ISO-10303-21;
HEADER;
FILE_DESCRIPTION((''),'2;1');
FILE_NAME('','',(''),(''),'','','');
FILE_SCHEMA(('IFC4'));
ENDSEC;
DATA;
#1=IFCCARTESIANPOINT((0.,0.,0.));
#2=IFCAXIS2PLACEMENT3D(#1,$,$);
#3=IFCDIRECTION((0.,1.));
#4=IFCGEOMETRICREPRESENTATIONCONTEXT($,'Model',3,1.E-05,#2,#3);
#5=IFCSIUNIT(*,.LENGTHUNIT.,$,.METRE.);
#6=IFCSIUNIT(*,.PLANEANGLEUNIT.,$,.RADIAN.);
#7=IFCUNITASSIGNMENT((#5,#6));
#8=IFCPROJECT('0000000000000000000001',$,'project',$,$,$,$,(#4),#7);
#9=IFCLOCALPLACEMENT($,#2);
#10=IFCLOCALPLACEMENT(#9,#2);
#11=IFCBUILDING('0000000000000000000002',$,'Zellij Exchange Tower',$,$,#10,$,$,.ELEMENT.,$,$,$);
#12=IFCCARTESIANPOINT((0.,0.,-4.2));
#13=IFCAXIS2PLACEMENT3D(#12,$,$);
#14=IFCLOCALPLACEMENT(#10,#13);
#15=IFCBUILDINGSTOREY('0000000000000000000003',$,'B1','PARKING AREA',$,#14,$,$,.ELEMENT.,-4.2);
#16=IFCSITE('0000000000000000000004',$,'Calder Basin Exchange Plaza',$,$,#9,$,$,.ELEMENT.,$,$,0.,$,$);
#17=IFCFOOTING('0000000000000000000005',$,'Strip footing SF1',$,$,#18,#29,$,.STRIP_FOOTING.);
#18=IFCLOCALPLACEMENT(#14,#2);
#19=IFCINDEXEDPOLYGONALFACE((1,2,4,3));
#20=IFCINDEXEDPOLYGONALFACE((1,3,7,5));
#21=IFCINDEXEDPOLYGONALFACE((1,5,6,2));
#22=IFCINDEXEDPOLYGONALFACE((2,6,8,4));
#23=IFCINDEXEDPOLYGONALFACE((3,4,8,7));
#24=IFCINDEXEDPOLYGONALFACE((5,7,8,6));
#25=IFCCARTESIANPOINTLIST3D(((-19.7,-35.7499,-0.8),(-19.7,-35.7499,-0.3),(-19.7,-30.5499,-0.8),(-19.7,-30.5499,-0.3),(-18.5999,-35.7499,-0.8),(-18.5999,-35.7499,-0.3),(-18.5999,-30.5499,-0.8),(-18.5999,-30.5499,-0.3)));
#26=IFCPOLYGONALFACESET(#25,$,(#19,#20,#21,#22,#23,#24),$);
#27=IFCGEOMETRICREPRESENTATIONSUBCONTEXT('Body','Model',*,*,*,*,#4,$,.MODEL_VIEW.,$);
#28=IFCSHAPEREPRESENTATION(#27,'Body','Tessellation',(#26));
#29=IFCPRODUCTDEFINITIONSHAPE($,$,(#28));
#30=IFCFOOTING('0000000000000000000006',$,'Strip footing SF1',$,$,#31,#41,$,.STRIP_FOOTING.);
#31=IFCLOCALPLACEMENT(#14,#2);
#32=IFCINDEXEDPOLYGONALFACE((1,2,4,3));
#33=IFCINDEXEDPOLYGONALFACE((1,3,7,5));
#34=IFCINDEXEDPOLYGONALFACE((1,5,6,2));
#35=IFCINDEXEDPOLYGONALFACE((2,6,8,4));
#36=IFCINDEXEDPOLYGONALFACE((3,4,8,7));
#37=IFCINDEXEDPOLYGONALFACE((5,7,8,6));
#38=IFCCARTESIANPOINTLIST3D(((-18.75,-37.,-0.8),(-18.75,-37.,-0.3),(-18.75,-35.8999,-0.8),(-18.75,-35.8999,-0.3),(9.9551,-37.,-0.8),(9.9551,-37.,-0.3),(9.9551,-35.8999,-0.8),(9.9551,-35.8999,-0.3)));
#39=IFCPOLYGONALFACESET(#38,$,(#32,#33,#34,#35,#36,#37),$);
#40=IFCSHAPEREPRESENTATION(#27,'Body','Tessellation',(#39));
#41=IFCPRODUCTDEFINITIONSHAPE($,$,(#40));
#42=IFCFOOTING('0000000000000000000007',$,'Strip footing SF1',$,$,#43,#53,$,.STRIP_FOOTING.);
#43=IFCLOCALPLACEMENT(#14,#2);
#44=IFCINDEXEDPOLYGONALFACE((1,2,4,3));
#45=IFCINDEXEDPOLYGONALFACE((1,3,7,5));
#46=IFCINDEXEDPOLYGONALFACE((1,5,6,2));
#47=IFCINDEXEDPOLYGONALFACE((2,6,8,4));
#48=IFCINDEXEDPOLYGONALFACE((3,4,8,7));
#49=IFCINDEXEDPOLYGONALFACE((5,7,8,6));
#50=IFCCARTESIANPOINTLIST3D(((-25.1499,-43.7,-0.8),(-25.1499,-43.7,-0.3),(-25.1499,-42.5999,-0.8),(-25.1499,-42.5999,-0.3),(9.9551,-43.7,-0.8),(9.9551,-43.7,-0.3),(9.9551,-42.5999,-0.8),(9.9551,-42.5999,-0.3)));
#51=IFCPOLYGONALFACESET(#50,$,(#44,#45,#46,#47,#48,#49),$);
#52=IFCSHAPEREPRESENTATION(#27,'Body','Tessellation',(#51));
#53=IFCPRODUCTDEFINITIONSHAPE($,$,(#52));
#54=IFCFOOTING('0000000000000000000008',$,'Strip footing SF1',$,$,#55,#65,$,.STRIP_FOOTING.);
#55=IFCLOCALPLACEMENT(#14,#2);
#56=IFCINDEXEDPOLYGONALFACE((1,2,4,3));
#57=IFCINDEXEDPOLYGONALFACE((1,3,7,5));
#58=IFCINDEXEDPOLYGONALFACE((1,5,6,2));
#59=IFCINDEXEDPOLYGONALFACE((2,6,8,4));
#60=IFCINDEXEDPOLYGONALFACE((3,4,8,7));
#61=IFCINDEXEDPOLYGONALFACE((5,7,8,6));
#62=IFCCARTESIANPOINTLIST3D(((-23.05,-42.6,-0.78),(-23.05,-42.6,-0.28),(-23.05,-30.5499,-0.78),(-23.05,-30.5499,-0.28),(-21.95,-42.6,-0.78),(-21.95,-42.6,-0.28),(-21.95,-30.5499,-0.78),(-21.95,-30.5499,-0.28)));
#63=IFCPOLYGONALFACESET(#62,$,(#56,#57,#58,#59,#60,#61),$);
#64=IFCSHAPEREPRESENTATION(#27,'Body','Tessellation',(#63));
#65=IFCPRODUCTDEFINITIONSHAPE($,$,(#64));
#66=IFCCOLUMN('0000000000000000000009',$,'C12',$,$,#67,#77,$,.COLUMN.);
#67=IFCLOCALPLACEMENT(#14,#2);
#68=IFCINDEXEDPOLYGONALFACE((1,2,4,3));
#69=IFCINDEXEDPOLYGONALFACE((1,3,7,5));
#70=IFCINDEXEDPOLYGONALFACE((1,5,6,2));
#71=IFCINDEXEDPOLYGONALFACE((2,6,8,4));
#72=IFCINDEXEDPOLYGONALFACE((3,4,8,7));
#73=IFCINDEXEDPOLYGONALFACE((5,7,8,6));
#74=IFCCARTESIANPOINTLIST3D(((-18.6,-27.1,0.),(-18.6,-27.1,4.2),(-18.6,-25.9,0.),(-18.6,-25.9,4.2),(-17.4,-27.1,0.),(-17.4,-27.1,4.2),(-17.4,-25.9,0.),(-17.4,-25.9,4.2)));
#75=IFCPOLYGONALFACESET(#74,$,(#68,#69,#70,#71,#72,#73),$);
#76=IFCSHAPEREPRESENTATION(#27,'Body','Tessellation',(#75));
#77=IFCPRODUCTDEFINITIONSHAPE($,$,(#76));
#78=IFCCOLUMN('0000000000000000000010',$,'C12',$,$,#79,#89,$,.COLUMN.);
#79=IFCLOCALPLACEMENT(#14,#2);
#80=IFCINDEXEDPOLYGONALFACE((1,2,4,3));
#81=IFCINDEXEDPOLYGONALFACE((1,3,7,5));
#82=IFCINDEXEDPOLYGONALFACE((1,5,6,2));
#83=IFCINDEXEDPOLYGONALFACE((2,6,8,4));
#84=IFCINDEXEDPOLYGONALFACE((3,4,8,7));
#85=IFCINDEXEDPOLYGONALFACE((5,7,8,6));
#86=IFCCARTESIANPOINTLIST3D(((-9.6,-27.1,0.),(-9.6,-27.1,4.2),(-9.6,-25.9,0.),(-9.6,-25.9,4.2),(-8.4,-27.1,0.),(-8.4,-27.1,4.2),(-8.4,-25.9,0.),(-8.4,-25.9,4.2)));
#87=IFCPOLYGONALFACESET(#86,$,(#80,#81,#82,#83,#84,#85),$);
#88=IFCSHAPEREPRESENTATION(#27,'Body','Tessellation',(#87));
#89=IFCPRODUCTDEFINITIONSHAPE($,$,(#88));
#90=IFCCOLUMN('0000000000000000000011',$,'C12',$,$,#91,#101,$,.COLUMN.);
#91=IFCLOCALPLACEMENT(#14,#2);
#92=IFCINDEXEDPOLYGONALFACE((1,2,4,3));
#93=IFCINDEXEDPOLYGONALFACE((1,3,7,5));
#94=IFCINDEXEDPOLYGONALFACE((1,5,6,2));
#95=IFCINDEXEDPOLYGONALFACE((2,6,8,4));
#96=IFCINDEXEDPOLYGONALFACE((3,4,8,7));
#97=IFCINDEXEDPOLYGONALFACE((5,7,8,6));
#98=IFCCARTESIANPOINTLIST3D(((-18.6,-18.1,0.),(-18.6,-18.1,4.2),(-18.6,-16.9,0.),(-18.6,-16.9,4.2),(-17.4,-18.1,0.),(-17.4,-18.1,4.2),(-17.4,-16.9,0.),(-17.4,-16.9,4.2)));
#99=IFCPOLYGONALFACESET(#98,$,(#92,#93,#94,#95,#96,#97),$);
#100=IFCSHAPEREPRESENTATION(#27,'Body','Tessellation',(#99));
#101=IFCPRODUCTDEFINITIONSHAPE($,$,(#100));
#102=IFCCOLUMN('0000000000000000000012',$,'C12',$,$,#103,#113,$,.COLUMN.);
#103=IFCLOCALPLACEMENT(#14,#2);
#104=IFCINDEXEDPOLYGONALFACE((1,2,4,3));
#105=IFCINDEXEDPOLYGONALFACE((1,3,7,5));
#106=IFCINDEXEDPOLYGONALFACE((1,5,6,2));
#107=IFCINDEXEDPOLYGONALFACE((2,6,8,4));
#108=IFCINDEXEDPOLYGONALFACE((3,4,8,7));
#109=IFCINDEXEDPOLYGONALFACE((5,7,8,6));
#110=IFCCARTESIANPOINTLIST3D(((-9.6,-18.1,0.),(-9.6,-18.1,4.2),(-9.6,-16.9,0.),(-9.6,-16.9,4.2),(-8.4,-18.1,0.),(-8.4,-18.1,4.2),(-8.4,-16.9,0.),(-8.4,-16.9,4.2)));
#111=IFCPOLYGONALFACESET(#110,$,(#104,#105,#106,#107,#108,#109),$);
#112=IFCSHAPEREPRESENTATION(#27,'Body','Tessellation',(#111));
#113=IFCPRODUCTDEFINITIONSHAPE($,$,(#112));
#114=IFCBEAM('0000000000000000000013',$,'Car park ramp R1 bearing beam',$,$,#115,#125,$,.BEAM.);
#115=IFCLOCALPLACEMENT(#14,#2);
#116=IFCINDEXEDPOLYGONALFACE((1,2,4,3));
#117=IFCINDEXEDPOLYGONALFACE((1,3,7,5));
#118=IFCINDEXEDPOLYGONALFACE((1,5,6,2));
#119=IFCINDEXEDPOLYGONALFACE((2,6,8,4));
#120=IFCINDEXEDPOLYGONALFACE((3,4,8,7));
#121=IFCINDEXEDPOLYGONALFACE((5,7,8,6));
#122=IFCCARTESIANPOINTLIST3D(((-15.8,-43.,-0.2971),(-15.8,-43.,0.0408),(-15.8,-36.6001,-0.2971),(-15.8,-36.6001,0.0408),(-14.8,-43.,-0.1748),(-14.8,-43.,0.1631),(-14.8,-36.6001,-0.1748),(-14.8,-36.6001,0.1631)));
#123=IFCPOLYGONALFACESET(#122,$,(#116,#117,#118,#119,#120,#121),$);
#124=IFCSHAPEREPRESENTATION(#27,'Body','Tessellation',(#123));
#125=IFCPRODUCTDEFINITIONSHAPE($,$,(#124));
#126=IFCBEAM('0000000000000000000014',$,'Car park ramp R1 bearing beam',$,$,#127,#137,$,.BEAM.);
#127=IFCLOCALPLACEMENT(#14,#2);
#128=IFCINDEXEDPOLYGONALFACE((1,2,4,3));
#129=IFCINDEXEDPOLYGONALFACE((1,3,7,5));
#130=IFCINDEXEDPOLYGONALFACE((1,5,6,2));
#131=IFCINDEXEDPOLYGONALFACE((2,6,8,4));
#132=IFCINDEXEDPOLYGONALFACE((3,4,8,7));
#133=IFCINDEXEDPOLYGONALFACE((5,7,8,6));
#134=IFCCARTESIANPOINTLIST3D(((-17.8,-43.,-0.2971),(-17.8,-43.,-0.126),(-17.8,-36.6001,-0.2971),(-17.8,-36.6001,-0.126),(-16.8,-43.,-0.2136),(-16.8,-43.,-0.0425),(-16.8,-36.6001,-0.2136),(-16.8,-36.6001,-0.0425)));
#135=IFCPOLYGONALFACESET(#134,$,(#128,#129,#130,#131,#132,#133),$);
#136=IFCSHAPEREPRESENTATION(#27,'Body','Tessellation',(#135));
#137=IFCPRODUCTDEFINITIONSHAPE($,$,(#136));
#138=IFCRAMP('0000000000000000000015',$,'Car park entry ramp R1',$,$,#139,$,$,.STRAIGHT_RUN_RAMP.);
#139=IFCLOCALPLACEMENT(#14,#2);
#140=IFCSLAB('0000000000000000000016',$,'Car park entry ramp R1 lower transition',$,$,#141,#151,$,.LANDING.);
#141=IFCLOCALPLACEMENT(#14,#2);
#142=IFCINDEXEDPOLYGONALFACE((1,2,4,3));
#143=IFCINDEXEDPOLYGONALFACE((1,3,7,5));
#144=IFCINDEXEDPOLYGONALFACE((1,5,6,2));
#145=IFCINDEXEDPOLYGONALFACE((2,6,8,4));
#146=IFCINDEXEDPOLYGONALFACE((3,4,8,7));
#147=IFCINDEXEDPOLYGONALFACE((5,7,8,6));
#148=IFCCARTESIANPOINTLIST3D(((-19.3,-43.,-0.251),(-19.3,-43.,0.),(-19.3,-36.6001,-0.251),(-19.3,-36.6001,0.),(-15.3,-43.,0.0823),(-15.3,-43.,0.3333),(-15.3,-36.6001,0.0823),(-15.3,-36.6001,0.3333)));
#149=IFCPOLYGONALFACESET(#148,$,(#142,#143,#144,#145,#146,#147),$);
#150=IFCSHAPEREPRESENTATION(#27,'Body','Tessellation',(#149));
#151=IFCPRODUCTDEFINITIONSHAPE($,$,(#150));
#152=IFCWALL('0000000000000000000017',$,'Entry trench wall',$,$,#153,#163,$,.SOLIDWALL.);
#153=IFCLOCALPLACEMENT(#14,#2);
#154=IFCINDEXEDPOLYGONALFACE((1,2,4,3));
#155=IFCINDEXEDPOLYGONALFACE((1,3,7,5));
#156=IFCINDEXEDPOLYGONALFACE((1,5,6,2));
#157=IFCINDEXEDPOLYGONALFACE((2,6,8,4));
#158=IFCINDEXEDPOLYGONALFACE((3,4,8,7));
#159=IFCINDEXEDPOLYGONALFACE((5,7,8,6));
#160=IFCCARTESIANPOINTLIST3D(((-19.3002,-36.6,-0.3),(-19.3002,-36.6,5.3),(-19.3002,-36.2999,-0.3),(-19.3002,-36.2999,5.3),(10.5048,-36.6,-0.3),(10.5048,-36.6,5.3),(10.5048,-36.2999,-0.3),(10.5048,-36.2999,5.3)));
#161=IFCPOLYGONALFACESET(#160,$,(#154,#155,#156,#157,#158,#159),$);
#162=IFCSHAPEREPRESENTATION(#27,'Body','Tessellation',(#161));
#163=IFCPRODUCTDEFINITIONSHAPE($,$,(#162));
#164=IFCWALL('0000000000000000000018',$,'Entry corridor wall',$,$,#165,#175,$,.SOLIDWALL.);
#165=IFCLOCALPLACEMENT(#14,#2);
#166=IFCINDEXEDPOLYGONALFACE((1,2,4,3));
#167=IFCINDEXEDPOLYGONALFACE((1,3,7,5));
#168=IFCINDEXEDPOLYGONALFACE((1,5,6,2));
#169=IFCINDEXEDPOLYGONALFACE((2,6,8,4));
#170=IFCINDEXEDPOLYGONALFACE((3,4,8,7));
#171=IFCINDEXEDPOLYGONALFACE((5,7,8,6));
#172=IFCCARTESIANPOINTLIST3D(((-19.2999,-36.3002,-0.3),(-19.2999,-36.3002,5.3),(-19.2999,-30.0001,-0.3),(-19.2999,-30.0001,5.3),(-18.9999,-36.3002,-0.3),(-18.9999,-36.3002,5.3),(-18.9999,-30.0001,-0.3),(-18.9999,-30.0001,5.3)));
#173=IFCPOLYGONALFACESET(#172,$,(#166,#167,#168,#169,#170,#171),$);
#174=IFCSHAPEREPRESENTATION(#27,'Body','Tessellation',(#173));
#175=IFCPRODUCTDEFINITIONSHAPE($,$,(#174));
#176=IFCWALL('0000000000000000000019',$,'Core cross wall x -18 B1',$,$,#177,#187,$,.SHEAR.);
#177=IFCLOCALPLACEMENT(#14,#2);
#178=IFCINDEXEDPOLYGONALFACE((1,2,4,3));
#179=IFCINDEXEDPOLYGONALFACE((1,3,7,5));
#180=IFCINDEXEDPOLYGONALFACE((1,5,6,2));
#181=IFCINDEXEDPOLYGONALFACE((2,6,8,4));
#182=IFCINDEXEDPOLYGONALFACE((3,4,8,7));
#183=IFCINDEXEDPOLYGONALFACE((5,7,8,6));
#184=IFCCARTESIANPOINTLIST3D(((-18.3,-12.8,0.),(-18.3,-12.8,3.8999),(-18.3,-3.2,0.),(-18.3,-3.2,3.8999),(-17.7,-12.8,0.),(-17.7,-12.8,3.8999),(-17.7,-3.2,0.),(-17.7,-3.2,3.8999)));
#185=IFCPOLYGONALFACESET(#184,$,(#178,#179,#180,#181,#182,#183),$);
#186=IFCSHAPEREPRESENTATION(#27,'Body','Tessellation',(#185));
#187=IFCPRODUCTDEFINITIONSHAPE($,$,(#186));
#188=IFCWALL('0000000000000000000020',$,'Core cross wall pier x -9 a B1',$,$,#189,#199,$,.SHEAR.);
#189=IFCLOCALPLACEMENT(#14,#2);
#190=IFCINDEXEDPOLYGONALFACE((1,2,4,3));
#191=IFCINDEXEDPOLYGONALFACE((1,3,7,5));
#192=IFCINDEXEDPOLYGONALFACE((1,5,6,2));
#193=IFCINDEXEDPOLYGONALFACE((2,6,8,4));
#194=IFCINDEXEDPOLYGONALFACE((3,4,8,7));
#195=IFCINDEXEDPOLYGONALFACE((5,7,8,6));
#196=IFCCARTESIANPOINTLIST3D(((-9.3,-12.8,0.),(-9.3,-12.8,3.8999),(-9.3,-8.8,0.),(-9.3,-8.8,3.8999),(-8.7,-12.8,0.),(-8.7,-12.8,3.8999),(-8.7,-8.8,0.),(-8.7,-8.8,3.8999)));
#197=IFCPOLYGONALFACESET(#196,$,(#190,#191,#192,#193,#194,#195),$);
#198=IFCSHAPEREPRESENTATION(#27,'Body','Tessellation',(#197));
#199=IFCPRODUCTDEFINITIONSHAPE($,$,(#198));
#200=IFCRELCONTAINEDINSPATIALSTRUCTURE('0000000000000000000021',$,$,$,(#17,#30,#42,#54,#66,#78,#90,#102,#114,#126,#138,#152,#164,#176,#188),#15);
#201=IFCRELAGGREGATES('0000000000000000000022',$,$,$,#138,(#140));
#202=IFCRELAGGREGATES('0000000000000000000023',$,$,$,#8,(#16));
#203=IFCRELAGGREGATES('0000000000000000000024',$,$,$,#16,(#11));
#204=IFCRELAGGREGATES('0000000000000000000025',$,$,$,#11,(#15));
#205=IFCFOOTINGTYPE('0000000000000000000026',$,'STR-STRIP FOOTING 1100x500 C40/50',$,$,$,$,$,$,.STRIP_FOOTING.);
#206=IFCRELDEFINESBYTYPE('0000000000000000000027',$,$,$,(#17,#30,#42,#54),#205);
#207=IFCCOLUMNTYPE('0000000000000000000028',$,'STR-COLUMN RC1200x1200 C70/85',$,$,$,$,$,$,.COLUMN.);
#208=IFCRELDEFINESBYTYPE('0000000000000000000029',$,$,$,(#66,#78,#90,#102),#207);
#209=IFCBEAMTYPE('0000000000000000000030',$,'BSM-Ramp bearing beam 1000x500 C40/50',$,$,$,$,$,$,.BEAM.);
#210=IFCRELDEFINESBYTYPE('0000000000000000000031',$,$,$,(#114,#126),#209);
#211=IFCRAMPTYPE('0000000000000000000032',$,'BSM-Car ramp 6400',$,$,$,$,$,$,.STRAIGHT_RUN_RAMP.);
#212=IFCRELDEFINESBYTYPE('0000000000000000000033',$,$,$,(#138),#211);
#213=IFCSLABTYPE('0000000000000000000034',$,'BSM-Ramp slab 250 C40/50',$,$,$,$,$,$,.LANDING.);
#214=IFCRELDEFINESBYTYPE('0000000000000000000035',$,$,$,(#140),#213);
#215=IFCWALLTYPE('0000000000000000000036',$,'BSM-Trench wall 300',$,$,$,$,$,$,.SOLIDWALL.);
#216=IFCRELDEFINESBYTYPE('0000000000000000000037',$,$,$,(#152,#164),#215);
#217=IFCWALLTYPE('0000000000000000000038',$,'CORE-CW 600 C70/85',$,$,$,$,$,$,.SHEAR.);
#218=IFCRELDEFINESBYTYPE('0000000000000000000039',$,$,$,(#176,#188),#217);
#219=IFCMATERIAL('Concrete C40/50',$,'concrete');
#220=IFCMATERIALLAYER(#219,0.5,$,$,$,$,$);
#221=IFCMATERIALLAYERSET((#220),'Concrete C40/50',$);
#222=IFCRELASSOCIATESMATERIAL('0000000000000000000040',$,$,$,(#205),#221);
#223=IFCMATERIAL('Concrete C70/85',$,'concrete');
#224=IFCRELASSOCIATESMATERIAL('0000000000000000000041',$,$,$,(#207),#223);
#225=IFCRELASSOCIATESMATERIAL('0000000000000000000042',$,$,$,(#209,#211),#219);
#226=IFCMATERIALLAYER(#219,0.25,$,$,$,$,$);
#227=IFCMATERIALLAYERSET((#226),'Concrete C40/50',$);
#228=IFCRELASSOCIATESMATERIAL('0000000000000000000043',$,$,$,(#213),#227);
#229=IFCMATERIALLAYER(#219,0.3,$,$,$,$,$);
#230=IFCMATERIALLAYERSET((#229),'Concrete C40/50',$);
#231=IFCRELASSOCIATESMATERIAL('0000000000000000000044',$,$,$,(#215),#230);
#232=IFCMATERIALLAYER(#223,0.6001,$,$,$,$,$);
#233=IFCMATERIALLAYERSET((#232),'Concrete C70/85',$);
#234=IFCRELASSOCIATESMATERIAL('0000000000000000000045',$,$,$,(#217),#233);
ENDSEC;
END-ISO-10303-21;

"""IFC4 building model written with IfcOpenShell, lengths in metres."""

from ifc_helpers import new_model, si_unit, direction, frame, frame_2d, origin, origin_2d, place, context, subcontext, project, spatial, polyline, rectangle, outline, extrude, material, layer, layer_set, material_profile, profile_set, type_object, element, aggregate, save


model = new_model("IFC4")

# Units and contexts
model_context = context("Model", 3, precision=1e-05, world=origin(), true_north=direction((0.0, 1.0)))
body_context = subcontext(model_context, "Body", "Model", "MODEL_VIEW")
ifc_project = project(units=[si_unit("LENGTHUNIT", "METRE"), si_unit("PLANEANGLEUNIT", "RADIAN")], contexts=[model_context])

# Site, building, storey
site_placement = place(None, origin())
site = spatial("IfcSite", under=ifc_project, at=site_placement, Name="Calder Basin Exchange Plaza", CompositionType="ELEMENT", RefElevation=0.0)
building_placement = place(site_placement, origin())
building = spatial("IfcBuilding", under=site, at=building_placement, Name="Zellij Exchange Tower", CompositionType="ELEMENT")
storey_placement = place(building_placement, frame((0.0, 0.0, -4.2)))
storey = spatial("IfcBuildingStorey", under=building, at=storey_placement, Name="B1", Description="PARKING AREA", CompositionType="ELEMENT", Elevation=-4.2)

# Footings
ifc_material_1 = material(Name="Concrete C40/50", Category="concrete")
ifc_layer_1 = layer(ifc_material_1, 0.5)
ifc_layer_set_1 = layer_set([ifc_layer_1], Name="Concrete C40/50")
footing_type = type_object("IfcFootingType", Name="STR-STRIP FOOTING 1100x500 C40/50", PredefinedType="STRIP_FOOTING", material=ifc_layer_set_1)
footing_1_placement = place(storey_placement, frame((-19.1499, -33.1499, -0.8), z_axis=(0.0, 0.0, 1.0), x_axis=(0.0, 1.0, 0.0)))
element("IfcFooting", 1, at=footing_1_placement, inside=storey, type_object=footing_type, Name="Strip footing SF1", PredefinedType="STRIP_FOOTING", context=body_context, shape_type="SweptSolid", body=[
    extrude(rectangle(XDim=5.2, YDim=1.1001, at=origin_2d()), origin(), (0.0, 0.0, 1.0), 0.5),
])
footing_2_placement = place(storey_placement, frame((-4.3975, -36.45, -0.8), z_axis=(0.0, 0.0, 1.0), x_axis=(1.0, 0.0, 0.0)))
element("IfcFooting", 2, at=footing_2_placement, inside=storey, type_object=footing_type, Name="Strip footing SF1", PredefinedType="STRIP_FOOTING", context=body_context, shape_type="SweptSolid", body=[
    extrude(rectangle(XDim=28.7051, YDim=1.1001, at=origin_2d()), origin(), (0.0, 0.0, 1.0), 0.5),
])
footing_3_placement = place(storey_placement, frame((-7.5974, -43.1499, -0.8), z_axis=(0.0, 0.0, 1.0), x_axis=(1.0, 0.0, 0.0)))
element("IfcFooting", 3, at=footing_3_placement, inside=storey, type_object=footing_type, Name="Strip footing SF1", PredefinedType="STRIP_FOOTING", context=body_context, shape_type="SweptSolid", body=[
    extrude(rectangle(XDim=35.105, YDim=1.1001, at=origin_2d()), origin(), (0.0, 0.0, 1.0), 0.5),
])
footing_4_placement = place(storey_placement, frame((-22.5, -36.575, -0.78), z_axis=(0.0, 0.0, 1.0), x_axis=(0.0, 1.0, 0.0)))
element("IfcFooting", 4, at=footing_4_placement, inside=storey, type_object=footing_type, Name="Strip footing SF1", PredefinedType="STRIP_FOOTING", context=body_context, shape_type="SweptSolid", body=[
    extrude(rectangle(XDim=12.05, YDim=1.1001, at=origin_2d()), origin(), (0.0, 0.0, 1.0), 0.5),
])

# Columns
ifc_material_2 = material(Name="Concrete C70/85", Category="concrete")
ifc_material_profile = material_profile(ifc_material_2, rectangle(XDim=1.2, YDim=1.2, at=origin_2d()), Name="STR-COLUMN RC1200x1200 C70/85")
ifc_profile_set = profile_set([ifc_material_profile], Name="Concrete C70/85")
column_type = type_object("IfcColumnType", Name="STR-COLUMN RC1200x1200 C70/85", PredefinedType="COLUMN", material=ifc_profile_set)
for number, where, z_axis, x_axis, name in (
    (5, (-18.0, -26.5, 0.0), (0.0, 0.0, 1.0), (1.0, 0.0, 0.0), "C12"),
    (6, (-9.0, -26.5, 0.0), (0.0, 0.0, 1.0), (1.0, 0.0, 0.0), "C12"),
    (7, (-18.0, -17.5, 0.0), (0.0, 0.0, 1.0), (1.0, 0.0, 0.0), "C12"),
    (8, (-9.0, -17.5, 0.0), (0.0, 0.0, 1.0), (1.0, 0.0, 0.0), "C12"),
):
    element("IfcColumn", number, at=place(storey_placement, frame(where, z_axis=z_axis, x_axis=x_axis)), inside=storey, type_object=column_type, Name=name, PredefinedType="COLUMN", context=body_context, shape_type="SweptSolid", body=[
        extrude(rectangle(XDim=1.2, YDim=1.2, at=origin_2d()), origin(), (0.0, 0.0, 1.0), 4.2),
    ])

# Beams
beam_type = type_object("IfcBeamType", Name="BSM-Ramp bearing beam 1000x500 C40/50", PredefinedType="BEAM", material=ifc_material_1)
beam_1_placement = place(storey_placement, frame((-14.8, -43.0, 0.1631), z_axis=(-0.12141, 0.0, 0.992602), x_axis=(-0.992602, 0.0, -0.12141)))
element("IfcBeam", 9, at=beam_1_placement, inside=storey, type_object=beam_type, Name="Car park ramp R1 bearing beam", PredefinedType="BEAM", context=body_context, shape_type="SweptSolid", body=[
    extrude(outline(polyline([(0.0, 0.0), (1.0075, 0.0), (1.0075, -6.3999), (0.0, -6.3999), (0.0, 0.0)])), origin(), (0.12141, 0.0, -0.992602), 0.3379),
])
beam_2_placement = place(storey_placement, frame((-16.8, -43.0, -0.0425), z_axis=(-0.083207, 0.0, 0.996532), x_axis=(-0.996532, 0.0, -0.083207)))
element("IfcBeam", 10, at=beam_2_placement, inside=storey, type_object=beam_type, Name="Car park ramp R1 bearing beam", PredefinedType="BEAM", context=body_context, shape_type="SweptSolid", body=[
    extrude(outline(polyline([(0.0, 0.0), (1.0035, 0.0), (1.0035, -6.3999), (0.0, -6.3999), (0.0, 0.0)])), origin(), (0.083207, 0.0, -0.996532), 0.1711),
])

# Ramp, slab
ramp_type = type_object("IfcRampType", Name="BSM-Car ramp 6400", PredefinedType="STRAIGHT_RUN_RAMP", material=ifc_material_1)
ramp_placement = place(storey_placement, origin())
ramp = element("IfcRamp", 11, at=ramp_placement, inside=storey, type_object=ramp_type, Name="Car park entry ramp R1", PredefinedType="STRAIGHT_RUN_RAMP")
ifc_layer_2 = layer(ifc_material_1, 0.25)
ifc_layer_set_2 = layer_set([ifc_layer_2], Name="Concrete C40/50")
slab_type = type_object("IfcSlabType", Name="BSM-Ramp slab 250 C40/50", PredefinedType="LANDING", material=ifc_layer_set_2)
slab_placement = place(storey_placement, frame((-15.3, -43.0, 0.3333), z_axis=(-0.083025, 0.0, 0.996547), x_axis=(-0.996547, 0.0, -0.083025)))
slab = element("IfcSlab", 12, at=slab_placement, type_object=slab_type, Name="Car park entry ramp R1 lower transition", PredefinedType="LANDING", context=body_context, shape_type="SweptSolid", body=[
    extrude(outline(polyline([(0.0, 0.0), (4.0139, 0.0), (4.0139, -6.3999), (0.0, -6.3999), (0.0, 0.0)])), origin(), (0.083025, 0.0, -0.996547), 0.251),
])
aggregate(ramp, [slab])

# Walls
ifc_layer_3 = layer(ifc_material_1, 0.3)
ifc_layer_set_3 = layer_set([ifc_layer_3], Name="Concrete C40/50")
wall_type_1 = type_object("IfcWallType", Name="BSM-Trench wall 300", PredefinedType="SOLIDWALL", material=ifc_layer_set_3)
wall_1_placement = place(storey_placement, frame((-19.3, -36.45, -0.3), z_axis=(0.0, 0.0, 1.0), x_axis=(1.0, 0.0, 0.0)))
element("IfcWall", 13, at=wall_1_placement, inside=storey, type_object=wall_type_1, Name="Entry trench wall", PredefinedType="SOLIDWALL", context=body_context, shape_type="SweptSolid", body=[
    extrude(rectangle(XDim=29.8049, YDim=0.3, at=frame_2d((14.9023, 0.0))), origin(), (0.0, 0.0, 1.0), 5.6001),
])
wall_2_placement = place(storey_placement, frame((-19.1499, -36.3, -0.3), z_axis=(0.0, 0.0, 1.0), x_axis=(0.0, 1.0, 0.0)))
element("IfcWall", 14, at=wall_2_placement, inside=storey, type_object=wall_type_1, Name="Entry corridor wall", PredefinedType="SOLIDWALL", context=body_context, shape_type="SweptSolid", body=[
    extrude(rectangle(XDim=6.3, YDim=0.3, at=frame_2d((3.1499, 0.0))), origin(), (0.0, 0.0, 1.0), 5.6001),
])
ifc_layer_4 = layer(ifc_material_2, 0.6001)
ifc_layer_set_4 = layer_set([ifc_layer_4], Name="Concrete C70/85")
wall_type_2 = type_object("IfcWallType", Name="CORE-CW 600 C70/85", PredefinedType="SHEAR", material=ifc_layer_set_4)
wall_3_placement = place(storey_placement, frame((-18.0, -12.8, 0.0), z_axis=(0.0, 0.0, 1.0), x_axis=(0.0, 1.0, 0.0)))
element("IfcWall", 15, at=wall_3_placement, inside=storey, type_object=wall_type_2, Name="Core cross wall x -18 B1", PredefinedType="SHEAR", context=body_context, shape_type="SweptSolid", body=[
    extrude(rectangle(XDim=9.6001, YDim=0.6001, at=frame_2d((4.8, 0.0))), origin(), (0.0, 0.0, 1.0), 3.8999),
])
wall_4_placement = place(storey_placement, frame((-9.0, -12.8, 0.0), z_axis=(0.0, 0.0, 1.0), x_axis=(0.0, 1.0, 0.0)))
element("IfcWall", 16, at=wall_4_placement, inside=storey, type_object=wall_type_2, Name="Core cross wall pier x -9 a B1", PredefinedType="SHEAR", context=body_context, shape_type="SweptSolid", body=[
    extrude(rectangle(XDim=4.0, YDim=0.6001, at=frame_2d((2.0, 0.0))), origin(), (0.0, 0.0, 1.0), 3.8999),
])

save(model, "model.ifc")
